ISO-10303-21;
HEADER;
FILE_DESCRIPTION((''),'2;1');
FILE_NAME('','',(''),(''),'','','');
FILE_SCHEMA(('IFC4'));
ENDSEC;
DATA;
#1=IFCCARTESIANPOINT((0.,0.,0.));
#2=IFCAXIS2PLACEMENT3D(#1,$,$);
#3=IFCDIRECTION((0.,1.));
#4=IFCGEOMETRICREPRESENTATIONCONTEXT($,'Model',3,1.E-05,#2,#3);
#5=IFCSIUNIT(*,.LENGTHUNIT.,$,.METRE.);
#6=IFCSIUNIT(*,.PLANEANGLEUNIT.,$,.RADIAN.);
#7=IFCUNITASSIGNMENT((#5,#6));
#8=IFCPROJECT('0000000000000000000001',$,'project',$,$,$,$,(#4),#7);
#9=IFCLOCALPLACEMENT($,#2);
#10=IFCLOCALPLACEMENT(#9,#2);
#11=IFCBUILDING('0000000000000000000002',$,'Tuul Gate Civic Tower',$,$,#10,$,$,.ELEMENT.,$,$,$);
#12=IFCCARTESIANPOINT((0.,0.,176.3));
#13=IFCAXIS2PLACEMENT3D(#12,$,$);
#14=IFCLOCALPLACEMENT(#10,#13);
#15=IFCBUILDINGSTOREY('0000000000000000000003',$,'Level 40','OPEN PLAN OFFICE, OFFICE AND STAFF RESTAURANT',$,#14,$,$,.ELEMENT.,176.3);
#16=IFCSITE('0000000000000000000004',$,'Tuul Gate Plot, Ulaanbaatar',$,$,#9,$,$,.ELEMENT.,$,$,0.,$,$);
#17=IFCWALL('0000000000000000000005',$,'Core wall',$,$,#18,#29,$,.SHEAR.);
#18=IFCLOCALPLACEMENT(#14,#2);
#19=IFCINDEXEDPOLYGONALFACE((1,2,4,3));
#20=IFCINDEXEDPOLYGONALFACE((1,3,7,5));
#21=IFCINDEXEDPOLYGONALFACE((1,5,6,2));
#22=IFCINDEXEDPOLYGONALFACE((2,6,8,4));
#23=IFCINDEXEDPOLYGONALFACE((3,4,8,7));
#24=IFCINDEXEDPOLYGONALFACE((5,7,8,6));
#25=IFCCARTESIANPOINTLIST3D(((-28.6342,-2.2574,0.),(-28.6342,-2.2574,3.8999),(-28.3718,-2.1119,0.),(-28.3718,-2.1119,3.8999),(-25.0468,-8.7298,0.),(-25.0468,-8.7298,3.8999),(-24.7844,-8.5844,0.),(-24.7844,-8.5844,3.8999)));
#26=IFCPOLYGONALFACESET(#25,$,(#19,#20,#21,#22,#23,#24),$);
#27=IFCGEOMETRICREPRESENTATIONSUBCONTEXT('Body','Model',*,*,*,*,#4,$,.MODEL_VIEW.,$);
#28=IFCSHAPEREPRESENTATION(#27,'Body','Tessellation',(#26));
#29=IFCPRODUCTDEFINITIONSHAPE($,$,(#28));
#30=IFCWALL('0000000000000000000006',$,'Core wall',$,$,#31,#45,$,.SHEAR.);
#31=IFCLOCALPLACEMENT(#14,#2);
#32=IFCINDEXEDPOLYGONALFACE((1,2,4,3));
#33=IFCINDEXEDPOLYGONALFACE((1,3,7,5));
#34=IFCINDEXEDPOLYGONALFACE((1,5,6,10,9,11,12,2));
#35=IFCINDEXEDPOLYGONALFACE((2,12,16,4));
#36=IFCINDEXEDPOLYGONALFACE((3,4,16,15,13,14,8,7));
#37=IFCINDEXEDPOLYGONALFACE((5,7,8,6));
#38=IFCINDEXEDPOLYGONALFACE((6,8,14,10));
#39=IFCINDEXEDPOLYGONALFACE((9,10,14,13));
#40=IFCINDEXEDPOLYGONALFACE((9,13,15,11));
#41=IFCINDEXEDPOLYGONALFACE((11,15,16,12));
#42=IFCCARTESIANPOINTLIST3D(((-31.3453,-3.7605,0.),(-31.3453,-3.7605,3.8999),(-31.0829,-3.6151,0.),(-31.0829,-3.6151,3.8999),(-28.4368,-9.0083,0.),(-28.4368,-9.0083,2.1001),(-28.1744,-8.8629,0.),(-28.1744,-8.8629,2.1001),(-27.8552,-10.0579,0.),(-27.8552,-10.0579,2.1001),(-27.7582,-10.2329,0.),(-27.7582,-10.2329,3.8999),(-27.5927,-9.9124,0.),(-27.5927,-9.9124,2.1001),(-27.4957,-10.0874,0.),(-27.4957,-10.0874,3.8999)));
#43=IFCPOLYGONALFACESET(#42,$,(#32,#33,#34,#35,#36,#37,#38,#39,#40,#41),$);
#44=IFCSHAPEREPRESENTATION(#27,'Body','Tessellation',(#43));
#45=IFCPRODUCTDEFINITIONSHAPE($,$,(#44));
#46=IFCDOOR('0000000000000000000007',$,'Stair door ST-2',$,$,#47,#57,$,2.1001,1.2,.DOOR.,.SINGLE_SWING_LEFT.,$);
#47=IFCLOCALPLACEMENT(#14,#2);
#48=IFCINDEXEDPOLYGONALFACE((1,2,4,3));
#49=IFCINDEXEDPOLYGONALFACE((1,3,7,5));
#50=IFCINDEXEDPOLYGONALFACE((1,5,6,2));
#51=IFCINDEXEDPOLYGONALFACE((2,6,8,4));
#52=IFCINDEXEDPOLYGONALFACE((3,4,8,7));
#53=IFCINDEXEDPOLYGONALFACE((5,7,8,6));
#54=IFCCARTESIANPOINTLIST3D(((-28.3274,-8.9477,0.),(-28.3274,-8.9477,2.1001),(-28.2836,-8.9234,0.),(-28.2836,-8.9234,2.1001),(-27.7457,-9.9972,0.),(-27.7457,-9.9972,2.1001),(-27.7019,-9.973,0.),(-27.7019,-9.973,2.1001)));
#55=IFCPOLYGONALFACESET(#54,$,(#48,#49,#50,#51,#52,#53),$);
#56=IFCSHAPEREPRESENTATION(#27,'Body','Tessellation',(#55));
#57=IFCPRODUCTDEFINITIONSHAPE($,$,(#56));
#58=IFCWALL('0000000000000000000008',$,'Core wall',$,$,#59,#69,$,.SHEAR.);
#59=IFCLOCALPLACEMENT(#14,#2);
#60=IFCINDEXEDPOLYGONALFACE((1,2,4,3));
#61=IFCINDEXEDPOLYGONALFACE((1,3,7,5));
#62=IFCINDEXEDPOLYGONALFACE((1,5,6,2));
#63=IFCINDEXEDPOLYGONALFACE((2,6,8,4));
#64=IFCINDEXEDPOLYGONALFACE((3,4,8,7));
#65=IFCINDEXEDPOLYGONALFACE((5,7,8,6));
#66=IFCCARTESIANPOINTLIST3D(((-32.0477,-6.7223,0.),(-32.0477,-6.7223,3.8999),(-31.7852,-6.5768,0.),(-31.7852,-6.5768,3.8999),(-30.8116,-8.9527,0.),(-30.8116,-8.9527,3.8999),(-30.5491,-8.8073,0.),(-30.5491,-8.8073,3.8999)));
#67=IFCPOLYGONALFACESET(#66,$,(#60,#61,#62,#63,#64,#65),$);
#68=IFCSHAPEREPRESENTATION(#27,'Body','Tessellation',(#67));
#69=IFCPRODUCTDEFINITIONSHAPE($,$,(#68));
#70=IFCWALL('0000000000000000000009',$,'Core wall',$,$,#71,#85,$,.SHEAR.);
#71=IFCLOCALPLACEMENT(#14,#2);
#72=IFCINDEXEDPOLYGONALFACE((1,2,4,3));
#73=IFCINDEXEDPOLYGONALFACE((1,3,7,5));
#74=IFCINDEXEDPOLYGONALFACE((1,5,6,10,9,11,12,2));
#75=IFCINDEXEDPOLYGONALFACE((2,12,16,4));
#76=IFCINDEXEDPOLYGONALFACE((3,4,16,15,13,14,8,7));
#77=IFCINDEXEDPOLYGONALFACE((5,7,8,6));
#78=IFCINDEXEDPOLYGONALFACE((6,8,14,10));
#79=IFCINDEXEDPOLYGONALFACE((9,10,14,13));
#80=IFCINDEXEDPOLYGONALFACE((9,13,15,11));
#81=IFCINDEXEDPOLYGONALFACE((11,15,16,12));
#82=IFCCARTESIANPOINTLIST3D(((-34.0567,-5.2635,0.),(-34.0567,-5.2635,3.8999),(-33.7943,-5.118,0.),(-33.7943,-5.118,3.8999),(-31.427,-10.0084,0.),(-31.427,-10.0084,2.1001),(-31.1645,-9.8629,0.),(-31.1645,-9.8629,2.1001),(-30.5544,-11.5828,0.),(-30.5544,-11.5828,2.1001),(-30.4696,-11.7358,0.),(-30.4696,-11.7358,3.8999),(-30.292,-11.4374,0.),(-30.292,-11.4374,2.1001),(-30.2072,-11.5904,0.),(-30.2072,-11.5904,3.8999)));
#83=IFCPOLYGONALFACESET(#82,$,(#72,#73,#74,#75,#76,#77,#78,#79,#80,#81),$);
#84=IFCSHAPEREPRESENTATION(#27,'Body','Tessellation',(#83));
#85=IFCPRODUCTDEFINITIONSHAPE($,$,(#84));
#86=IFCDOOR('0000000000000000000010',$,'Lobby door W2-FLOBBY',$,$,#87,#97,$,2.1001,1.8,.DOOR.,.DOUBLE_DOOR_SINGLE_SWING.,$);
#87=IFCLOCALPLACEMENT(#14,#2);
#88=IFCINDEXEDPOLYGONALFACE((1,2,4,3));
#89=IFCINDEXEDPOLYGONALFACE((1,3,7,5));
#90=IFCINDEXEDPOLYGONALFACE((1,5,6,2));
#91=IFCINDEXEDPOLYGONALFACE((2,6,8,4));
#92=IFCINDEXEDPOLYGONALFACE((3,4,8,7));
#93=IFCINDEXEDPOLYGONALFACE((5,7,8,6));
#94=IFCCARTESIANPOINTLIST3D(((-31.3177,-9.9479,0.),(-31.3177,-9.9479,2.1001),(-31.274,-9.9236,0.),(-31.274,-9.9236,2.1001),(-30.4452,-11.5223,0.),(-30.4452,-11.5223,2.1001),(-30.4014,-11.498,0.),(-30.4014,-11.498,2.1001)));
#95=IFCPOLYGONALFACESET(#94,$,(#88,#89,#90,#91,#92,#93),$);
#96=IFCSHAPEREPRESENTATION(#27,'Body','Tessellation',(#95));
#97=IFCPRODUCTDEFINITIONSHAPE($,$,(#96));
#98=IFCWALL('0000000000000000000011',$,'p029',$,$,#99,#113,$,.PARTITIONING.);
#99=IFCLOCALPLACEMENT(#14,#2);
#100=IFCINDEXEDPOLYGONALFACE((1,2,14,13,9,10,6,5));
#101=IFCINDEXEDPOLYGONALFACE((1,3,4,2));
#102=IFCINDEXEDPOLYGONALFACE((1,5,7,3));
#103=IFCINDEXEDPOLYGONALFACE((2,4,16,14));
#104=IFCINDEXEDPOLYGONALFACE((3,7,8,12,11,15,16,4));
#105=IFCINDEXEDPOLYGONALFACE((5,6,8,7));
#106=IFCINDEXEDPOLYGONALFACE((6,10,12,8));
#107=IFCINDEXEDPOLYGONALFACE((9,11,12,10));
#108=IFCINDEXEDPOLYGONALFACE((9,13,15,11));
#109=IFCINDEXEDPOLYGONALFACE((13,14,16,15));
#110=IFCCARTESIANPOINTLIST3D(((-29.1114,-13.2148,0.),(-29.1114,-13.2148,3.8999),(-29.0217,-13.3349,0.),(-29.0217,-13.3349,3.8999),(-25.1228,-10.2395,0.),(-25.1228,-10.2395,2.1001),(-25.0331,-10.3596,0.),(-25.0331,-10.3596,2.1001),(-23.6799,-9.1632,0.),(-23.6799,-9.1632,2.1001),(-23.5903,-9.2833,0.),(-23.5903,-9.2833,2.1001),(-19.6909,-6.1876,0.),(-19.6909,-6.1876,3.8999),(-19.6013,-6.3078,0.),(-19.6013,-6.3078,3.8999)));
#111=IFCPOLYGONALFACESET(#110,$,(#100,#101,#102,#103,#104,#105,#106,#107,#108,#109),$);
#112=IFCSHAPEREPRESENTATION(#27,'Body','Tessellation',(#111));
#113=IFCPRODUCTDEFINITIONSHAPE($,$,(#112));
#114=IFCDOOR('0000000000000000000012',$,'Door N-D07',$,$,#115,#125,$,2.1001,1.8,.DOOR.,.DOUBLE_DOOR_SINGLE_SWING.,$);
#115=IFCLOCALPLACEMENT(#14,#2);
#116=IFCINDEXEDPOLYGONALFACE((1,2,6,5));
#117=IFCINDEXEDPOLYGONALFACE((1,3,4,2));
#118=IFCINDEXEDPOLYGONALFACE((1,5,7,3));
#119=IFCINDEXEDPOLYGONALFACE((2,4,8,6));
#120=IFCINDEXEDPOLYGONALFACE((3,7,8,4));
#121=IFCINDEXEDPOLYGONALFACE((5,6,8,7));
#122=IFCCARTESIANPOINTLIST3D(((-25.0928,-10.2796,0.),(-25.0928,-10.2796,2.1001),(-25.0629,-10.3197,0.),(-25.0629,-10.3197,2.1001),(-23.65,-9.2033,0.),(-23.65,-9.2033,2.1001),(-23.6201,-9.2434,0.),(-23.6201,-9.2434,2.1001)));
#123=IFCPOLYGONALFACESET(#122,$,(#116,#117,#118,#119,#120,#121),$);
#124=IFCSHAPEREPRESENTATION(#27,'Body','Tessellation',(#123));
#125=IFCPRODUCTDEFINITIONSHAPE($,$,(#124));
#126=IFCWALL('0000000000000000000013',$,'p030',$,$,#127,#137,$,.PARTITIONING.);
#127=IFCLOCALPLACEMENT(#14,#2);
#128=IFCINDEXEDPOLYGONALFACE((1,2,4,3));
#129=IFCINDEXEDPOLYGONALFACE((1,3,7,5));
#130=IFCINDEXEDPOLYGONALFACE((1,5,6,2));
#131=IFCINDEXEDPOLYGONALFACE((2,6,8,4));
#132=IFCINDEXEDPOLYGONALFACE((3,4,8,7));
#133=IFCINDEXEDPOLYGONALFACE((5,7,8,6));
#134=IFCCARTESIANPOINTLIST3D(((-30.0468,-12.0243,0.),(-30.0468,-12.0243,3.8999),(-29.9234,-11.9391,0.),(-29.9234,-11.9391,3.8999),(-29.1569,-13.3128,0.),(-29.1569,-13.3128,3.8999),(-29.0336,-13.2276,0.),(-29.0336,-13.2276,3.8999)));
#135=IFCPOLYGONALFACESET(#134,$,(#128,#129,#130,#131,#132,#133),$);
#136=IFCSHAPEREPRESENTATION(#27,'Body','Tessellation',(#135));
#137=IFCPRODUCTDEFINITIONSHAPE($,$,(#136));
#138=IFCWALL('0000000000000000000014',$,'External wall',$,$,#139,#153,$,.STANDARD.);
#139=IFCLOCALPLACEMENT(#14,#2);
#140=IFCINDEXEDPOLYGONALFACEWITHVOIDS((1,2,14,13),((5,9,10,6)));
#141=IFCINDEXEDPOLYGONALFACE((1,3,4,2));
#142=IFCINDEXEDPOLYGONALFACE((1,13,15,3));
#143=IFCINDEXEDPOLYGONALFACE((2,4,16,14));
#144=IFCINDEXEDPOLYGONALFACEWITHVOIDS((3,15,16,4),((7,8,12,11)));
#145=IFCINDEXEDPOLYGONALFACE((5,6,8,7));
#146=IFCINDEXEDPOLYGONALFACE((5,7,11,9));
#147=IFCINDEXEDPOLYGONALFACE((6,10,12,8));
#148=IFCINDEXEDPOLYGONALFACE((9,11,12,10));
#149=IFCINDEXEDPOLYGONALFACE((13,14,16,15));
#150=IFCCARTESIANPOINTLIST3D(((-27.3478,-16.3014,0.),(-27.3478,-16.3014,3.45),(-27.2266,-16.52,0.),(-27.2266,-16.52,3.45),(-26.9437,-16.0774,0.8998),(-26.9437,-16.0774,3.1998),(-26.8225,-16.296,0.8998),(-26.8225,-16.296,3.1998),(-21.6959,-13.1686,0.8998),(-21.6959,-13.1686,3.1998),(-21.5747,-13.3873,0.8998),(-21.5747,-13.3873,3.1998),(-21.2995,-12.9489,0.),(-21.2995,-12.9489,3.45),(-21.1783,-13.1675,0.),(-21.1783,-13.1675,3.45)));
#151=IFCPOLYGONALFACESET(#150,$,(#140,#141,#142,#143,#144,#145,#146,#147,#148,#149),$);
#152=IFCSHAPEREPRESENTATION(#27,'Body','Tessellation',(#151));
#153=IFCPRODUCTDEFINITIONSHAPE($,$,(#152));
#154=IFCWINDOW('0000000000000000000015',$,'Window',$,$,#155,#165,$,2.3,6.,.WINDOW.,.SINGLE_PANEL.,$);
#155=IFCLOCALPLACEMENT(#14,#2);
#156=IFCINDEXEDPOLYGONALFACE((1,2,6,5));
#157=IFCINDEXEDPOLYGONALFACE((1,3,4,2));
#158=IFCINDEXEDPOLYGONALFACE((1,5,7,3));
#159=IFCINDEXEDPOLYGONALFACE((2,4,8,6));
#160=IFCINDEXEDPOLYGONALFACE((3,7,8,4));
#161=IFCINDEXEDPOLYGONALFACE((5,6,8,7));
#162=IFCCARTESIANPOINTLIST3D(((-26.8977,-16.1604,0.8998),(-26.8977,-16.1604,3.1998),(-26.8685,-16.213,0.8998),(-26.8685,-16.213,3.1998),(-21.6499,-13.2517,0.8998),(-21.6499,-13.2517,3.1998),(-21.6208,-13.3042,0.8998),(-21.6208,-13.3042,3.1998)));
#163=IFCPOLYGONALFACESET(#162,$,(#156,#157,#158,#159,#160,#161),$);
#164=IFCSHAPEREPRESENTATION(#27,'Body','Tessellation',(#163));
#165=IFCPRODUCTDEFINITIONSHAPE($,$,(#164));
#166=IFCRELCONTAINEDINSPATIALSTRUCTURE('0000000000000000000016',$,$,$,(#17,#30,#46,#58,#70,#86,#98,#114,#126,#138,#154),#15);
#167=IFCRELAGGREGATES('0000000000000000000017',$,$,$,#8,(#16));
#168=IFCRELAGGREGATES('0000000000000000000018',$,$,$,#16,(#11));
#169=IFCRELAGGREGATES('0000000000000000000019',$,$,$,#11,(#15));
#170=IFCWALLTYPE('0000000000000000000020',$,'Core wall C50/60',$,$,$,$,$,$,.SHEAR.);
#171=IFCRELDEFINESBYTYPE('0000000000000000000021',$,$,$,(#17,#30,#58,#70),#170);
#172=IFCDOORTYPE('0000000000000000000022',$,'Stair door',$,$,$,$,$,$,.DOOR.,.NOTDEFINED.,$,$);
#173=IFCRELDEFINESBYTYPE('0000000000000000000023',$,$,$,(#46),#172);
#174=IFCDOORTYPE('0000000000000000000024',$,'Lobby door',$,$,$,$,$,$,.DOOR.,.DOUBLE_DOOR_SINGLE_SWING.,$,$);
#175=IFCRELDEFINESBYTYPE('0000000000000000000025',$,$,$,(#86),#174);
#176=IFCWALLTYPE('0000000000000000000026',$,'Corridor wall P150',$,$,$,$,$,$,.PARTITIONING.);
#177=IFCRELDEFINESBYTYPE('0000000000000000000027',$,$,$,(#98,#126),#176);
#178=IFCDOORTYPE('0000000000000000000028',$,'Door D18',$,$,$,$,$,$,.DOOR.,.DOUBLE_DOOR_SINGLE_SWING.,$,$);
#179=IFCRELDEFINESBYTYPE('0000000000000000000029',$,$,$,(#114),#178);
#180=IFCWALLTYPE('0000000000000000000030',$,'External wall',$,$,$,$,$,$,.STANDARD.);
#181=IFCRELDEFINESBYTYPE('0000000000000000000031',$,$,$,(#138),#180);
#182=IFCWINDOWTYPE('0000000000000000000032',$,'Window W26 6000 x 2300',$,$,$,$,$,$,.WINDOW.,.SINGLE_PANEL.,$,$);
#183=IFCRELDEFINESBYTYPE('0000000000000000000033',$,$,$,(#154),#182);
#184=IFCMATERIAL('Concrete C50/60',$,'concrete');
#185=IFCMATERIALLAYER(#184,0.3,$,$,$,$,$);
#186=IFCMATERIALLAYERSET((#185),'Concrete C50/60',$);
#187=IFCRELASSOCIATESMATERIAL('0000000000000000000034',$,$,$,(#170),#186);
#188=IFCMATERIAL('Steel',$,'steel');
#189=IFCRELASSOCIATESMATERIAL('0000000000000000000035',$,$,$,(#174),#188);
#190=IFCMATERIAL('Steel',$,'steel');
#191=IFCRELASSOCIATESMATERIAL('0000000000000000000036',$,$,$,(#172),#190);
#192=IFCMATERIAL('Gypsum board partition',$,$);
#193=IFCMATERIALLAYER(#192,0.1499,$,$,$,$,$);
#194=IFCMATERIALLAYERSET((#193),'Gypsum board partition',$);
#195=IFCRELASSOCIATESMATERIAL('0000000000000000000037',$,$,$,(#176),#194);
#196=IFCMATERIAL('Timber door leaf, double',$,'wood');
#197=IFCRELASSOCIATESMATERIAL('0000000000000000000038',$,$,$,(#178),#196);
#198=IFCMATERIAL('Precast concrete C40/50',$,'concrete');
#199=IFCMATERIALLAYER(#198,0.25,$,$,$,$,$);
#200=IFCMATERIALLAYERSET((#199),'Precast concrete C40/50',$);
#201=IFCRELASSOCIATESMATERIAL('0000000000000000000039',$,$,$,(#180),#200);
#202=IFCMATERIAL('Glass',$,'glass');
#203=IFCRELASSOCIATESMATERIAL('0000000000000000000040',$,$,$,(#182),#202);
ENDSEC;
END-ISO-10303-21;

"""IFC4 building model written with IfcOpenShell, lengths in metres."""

from ifc_helpers import new_model, si_unit, direction, frame, frame_2d, origin, place, context, subcontext, project, spatial, rectangle, extrude, material, layer, layer_set, type_object, element, fill, save


model = new_model("IFC4")

# Units and contexts
model_context = context("Model", 3, precision=1e-05, world=origin(), true_north=direction((0.0, 1.0)))
body_context = subcontext(model_context, "Body", "Model", "MODEL_VIEW")
ifc_project = project(units=[si_unit("LENGTHUNIT", "METRE"), si_unit("PLANEANGLEUNIT", "RADIAN")], contexts=[model_context])

# Site, building, storey
site_placement = place(None, origin())
site = spatial("IfcSite", under=ifc_project, at=site_placement, Name="Tuul Gate Plot, Ulaanbaatar", CompositionType="ELEMENT", RefElevation=0.0)
building_placement = place(site_placement, origin())
building = spatial("IfcBuilding", under=site, at=building_placement, Name="Tuul Gate Civic Tower", CompositionType="ELEMENT")
storey_placement = place(building_placement, frame((0.0, 0.0, 176.3)))
storey = spatial("IfcBuildingStorey", under=building, at=storey_placement, Name="Level 40", Description="OPEN PLAN OFFICE, OFFICE AND STAFF RESTAURANT", CompositionType="ELEMENT", Elevation=176.3)

# Shared definitions
ifc_material_1 = material(Name="Concrete C50/60", Category="concrete")
ifc_layer_1 = layer(ifc_material_1, 0.3)
ifc_layer_set_1 = layer_set([ifc_layer_1], Name="Concrete C50/60")
wall_type_1 = type_object("IfcWallType", Name="Core wall C50/60", PredefinedType="SHEAR", material=ifc_layer_set_1)
ifc_material_2 = material(Name="Steel", Category="steel")
door_type_1 = type_object("IfcDoorType", Name="Lobby door", OperationType="DOUBLE_DOOR_SINGLE_SWING", PredefinedType="DOOR", material=ifc_material_2)

# Wall
wall_1_placement = place(storey_placement, frame((-24.9155, -8.6572, 0.0), z_axis=(0.0, 0.0, 1.0), x_axis=(-0.484777, 0.874638, 0.0)))
element("IfcWall", 1, at=wall_1_placement, inside=storey, type_object=wall_type_1, Name="Core wall", PredefinedType="SHEAR", context=body_context, shape_type="SweptSolid", body=[
    extrude(rectangle(XDim=7.4001, YDim=0.3, at=frame_2d((3.7002, 0.0))), origin(), (0.0, 0.0, 1.0), 3.8999),
])

# Wall, opening, door
wall_2_placement = place(storey_placement, frame((-27.627, -10.1602, 0.0), z_axis=(0.0, 0.0, 1.0), x_axis=(-0.484752, 0.874652, 0.0)))
wall_2 = element("IfcWall", 2, at=wall_2_placement, inside=storey, type_object=wall_type_1, Name="Core wall", PredefinedType="SHEAR", context=body_context, shape_type="SweptSolid", body=[
    extrude(rectangle(XDim=7.3999, YDim=0.3, at=frame_2d((3.7, 0.0))), origin(), (0.0, 0.0, 1.0), 3.8999),
])
opening_1_placement = place(wall_2_placement, frame((0.2, 0.0, 0.0)))
opening_1 = element("IfcOpeningElement", 3, at=opening_1_placement, cuts=wall_2, PredefinedType="OPENING", context=body_context, shape_type="SweptSolid", body=[
    extrude(rectangle(XDim=1.2, YDim=2.1001, at=frame_2d((0.6001, 1.05))), frame((0.0, 0.1602, 0.0), z_axis=(0.0, -1.0, 0.0), x_axis=(1.0, 0.0, 0.0)), (0.0, 0.0, 1.0), 0.3201),
])
ifc_material_3 = material(Name="Steel", Category="steel")
door_type_2 = type_object("IfcDoorType", Name="Stair door", OperationType="NOTDEFINED", PredefinedType="DOOR", material=ifc_material_3)
door_1_placement = place(opening_1_placement, origin())
door_1 = element("IfcDoor", 4, at=door_1_placement, inside=storey, type_object=door_type_2, Name="Stair door ST-2", OperationType="SINGLE_SWING_LEFT", OverallHeight=2.1001, OverallWidth=1.2, PredefinedType="DOOR", context=body_context, shape_type="SweptSolid", body=[
    extrude(rectangle(XDim=1.2, YDim=2.1001, at=frame_2d((0.6001, 1.05))), frame((0.0, 0.0249, 0.0), z_axis=(0.0, -1.0, 0.0), x_axis=(1.0, 0.0, 0.0)), (0.0, 0.0, 1.0), 0.05),
])
fill(opening_1, door_1)

# Wall
wall_3_placement = place(storey_placement, frame((-30.6804, -8.8799, 0.0), z_axis=(0.0, 0.0, 1.0), x_axis=(-0.484724, 0.874667, 0.0)))
element("IfcWall", 5, at=wall_3_placement, inside=storey, type_object=wall_type_1, Name="Core wall", PredefinedType="SHEAR", context=body_context, shape_type="SweptSolid", body=[
    extrude(rectangle(XDim=2.55, YDim=0.3, at=frame_2d((1.2749, 0.0))), origin(), (0.0, 0.0, 1.0), 3.8999),
])

# Walls, openings, doors
wall_4_placement = place(storey_placement, frame((-30.3384, -11.6631, 0.0), z_axis=(0.0, 0.0, 1.0), x_axis=(-0.484752, 0.874652, 0.0)))
wall_4 = element("IfcWall", 6, at=wall_4_placement, inside=storey, type_object=wall_type_1, Name="Core wall", PredefinedType="SHEAR", context=body_context, shape_type="SweptSolid", body=[
    extrude(rectangle(XDim=7.3999, YDim=0.3, at=frame_2d((3.7, 0.0))), origin(), (0.0, 0.0, 1.0), 3.8999),
])
opening_2_placement = place(wall_4_placement, frame((0.175, 0.0, 0.0)))
opening_2 = element("IfcOpeningElement", 7, at=opening_2_placement, cuts=wall_4, PredefinedType="OPENING", context=body_context, shape_type="SweptSolid", body=[
    extrude(rectangle(XDim=1.8, YDim=2.1001, at=frame_2d((0.8999, 1.05))), frame((0.0, 0.1602, 0.0), z_axis=(0.0, -1.0, 0.0), x_axis=(1.0, 0.0, 0.0)), (0.0, 0.0, 1.0), 0.3201),
])
door_2_placement = place(opening_2_placement, frame((1.8, 0.0, 0.0), z_axis=(0.0, 0.0, 1.0), x_axis=(-1.0, 0.0, 0.0)))
door_2 = element("IfcDoor", 8, at=door_2_placement, inside=storey, type_object=door_type_1, Name="Lobby door W2-FLOBBY", OperationType="DOUBLE_DOOR_SINGLE_SWING", OverallHeight=2.1001, OverallWidth=1.8, PredefinedType="DOOR", context=body_context, shape_type="SweptSolid", body=[
    extrude(rectangle(XDim=1.8, YDim=2.1001, at=frame_2d((0.9001, 1.05))), frame((0.0, 0.0249, 0.0), z_axis=(0.0, -1.0, 0.0), x_axis=(1.0, 0.0, 0.0)), (0.0, 0.0, 1.0), 0.05),
])
fill(opening_2, door_2)
ifc_material_4 = material(Name="Gypsum board partition")
ifc_layer_2 = layer(ifc_material_4, 0.1499)
ifc_layer_set_2 = layer_set([ifc_layer_2], Name="Gypsum board partition")
wall_type_2 = type_object("IfcWallType", Name="Corridor wall P150", PredefinedType="PARTITIONING", material=ifc_layer_set_2)
wall_5_placement = place(storey_placement, frame((-29.0667, -13.2749, 0.0), z_axis=(0.0, 0.0, 1.0), x_axis=(0.801558, 0.597917, 0.0)))
wall_5 = element("IfcWall", 9, at=wall_5_placement, inside=storey, type_object=wall_type_2, Name="p029", PredefinedType="PARTITIONING", context=body_context, shape_type="SweptSolid", body=[
    extrude(rectangle(XDim=11.7527, YDim=0.1499, at=frame_2d((5.8765, 0.0))), origin(), (0.0, 0.0, 1.0), 3.8999),
])
opening_3_placement = place(wall_5_placement, frame((4.9763, 0.0, 0.0)))
opening_3 = element("IfcOpeningElement", 10, at=opening_3_placement, cuts=wall_5, PredefinedType="OPENING", context=body_context, shape_type="SweptSolid", body=[
    extrude(rectangle(XDim=1.8, YDim=2.1001, at=frame_2d((0.8999, 1.05))), frame((0.0, 0.085, 0.0), z_axis=(0.0, -1.0, 0.0), x_axis=(1.0, 0.0, 0.0)), (0.0, 0.0, 1.0), 0.1699),
])
ifc_material_5 = material(Name="Timber door leaf, double", Category="wood")
door_type_3 = type_object("IfcDoorType", Name="Door D18", OperationType="DOUBLE_DOOR_SINGLE_SWING", PredefinedType="DOOR", material=ifc_material_5)
door_3_placement = place(opening_3_placement, origin())
door_3 = element("IfcDoor", 11, at=door_3_placement, inside=storey, type_object=door_type_3, Name="Door N-D07", OperationType="DOUBLE_DOOR_SINGLE_SWING", OverallHeight=2.1001, OverallWidth=1.8, PredefinedType="DOOR", context=body_context, shape_type="SweptSolid", body=[
    extrude(rectangle(XDim=1.8, YDim=2.1001, at=frame_2d((0.8999, 1.05))), frame((0.0, 0.0249, 0.0), z_axis=(0.0, -1.0, 0.0), x_axis=(1.0, 0.0, 0.0)), (0.0, 0.0, 1.0), 0.05),
])
fill(opening_3, door_3)

# Wall
wall_6_placement = place(storey_placement, frame((-29.9851, -11.9817, 0.0), z_axis=(0.0, 0.0, 1.0), x_axis=(0.568261, -0.822848, 0.0)))
element("IfcWall", 12, at=wall_6_placement, inside=storey, type_object=wall_type_2, Name="p030", PredefinedType="PARTITIONING", context=body_context, shape_type="SweptSolid", body=[
    extrude(rectangle(XDim=1.5659, YDim=0.1499, at=frame_2d((0.783, 0.0))), origin(), (0.0, 0.0, 1.0), 3.8999),
])

# Wall, opening, window
ifc_material_6 = material(Name="Precast concrete C40/50", Category="concrete")
ifc_layer_3 = layer(ifc_material_6, 0.25)
ifc_layer_set_3 = layer_set([ifc_layer_3], Name="Precast concrete C40/50")
wall_type_3 = type_object("IfcWallType", Name="External wall", PredefinedType="STANDARD", material=ifc_layer_set_3)
wall_7_placement = place(storey_placement, frame((-27.2871, -16.4106, 0.0), z_axis=(0.0, 0.0, 1.0), x_axis=(0.874626, 0.484797, 0.0)))
wall_7 = element("IfcWall", 13, at=wall_7_placement, inside=storey, type_object=wall_type_3, Name="External wall", PredefinedType="STANDARD", context=body_context, shape_type="SweptSolid", body=[
    extrude(rectangle(XDim=6.9153, YDim=0.25, at=frame_2d((3.4575, 0.0))), origin(), (0.0, 0.0, 1.0), 3.45),
])
opening_4_placement = place(wall_7_placement, frame((0.4619, 0.0, 0.8999)))
opening_4 = element("IfcOpeningElement", 14, at=opening_4_placement, cuts=wall_7, PredefinedType="OPENING", context=body_context, shape_type="SweptSolid", body=[
    extrude(rectangle(XDim=6.0, YDim=2.3, at=frame_2d((3.0, 1.1499))), frame((0.0, 0.135, 0.0), z_axis=(0.0, -1.0, 0.0), x_axis=(1.0, 0.0, 0.0)), (0.0, 0.0, 1.0), 0.27),
])
ifc_material_7 = material(Name="Glass", Category="glass")
window_type = type_object("IfcWindowType", Name="Window W26 6000 x 2300", PartitioningType="SINGLE_PANEL", PredefinedType="WINDOW", material=ifc_material_7)
window_placement = place(opening_4_placement, origin())
window = element("IfcWindow", 15, at=window_placement, inside=storey, type_object=window_type, Name="Window", OverallHeight=2.3, OverallWidth=6.0, PartitioningType="SINGLE_PANEL", PredefinedType="WINDOW", context=body_context, shape_type="SweptSolid", body=[
    extrude(rectangle(XDim=6.0, YDim=2.3, at=frame_2d((3.0, 1.1499))), frame((0.0, 0.03, 0.0), z_axis=(0.0, -1.0, 0.0), x_axis=(1.0, 0.0, 0.0)), (0.0, 0.0, 1.0), 0.0601),
])
fill(opening_4, window)

save(model, "model.ifc")
